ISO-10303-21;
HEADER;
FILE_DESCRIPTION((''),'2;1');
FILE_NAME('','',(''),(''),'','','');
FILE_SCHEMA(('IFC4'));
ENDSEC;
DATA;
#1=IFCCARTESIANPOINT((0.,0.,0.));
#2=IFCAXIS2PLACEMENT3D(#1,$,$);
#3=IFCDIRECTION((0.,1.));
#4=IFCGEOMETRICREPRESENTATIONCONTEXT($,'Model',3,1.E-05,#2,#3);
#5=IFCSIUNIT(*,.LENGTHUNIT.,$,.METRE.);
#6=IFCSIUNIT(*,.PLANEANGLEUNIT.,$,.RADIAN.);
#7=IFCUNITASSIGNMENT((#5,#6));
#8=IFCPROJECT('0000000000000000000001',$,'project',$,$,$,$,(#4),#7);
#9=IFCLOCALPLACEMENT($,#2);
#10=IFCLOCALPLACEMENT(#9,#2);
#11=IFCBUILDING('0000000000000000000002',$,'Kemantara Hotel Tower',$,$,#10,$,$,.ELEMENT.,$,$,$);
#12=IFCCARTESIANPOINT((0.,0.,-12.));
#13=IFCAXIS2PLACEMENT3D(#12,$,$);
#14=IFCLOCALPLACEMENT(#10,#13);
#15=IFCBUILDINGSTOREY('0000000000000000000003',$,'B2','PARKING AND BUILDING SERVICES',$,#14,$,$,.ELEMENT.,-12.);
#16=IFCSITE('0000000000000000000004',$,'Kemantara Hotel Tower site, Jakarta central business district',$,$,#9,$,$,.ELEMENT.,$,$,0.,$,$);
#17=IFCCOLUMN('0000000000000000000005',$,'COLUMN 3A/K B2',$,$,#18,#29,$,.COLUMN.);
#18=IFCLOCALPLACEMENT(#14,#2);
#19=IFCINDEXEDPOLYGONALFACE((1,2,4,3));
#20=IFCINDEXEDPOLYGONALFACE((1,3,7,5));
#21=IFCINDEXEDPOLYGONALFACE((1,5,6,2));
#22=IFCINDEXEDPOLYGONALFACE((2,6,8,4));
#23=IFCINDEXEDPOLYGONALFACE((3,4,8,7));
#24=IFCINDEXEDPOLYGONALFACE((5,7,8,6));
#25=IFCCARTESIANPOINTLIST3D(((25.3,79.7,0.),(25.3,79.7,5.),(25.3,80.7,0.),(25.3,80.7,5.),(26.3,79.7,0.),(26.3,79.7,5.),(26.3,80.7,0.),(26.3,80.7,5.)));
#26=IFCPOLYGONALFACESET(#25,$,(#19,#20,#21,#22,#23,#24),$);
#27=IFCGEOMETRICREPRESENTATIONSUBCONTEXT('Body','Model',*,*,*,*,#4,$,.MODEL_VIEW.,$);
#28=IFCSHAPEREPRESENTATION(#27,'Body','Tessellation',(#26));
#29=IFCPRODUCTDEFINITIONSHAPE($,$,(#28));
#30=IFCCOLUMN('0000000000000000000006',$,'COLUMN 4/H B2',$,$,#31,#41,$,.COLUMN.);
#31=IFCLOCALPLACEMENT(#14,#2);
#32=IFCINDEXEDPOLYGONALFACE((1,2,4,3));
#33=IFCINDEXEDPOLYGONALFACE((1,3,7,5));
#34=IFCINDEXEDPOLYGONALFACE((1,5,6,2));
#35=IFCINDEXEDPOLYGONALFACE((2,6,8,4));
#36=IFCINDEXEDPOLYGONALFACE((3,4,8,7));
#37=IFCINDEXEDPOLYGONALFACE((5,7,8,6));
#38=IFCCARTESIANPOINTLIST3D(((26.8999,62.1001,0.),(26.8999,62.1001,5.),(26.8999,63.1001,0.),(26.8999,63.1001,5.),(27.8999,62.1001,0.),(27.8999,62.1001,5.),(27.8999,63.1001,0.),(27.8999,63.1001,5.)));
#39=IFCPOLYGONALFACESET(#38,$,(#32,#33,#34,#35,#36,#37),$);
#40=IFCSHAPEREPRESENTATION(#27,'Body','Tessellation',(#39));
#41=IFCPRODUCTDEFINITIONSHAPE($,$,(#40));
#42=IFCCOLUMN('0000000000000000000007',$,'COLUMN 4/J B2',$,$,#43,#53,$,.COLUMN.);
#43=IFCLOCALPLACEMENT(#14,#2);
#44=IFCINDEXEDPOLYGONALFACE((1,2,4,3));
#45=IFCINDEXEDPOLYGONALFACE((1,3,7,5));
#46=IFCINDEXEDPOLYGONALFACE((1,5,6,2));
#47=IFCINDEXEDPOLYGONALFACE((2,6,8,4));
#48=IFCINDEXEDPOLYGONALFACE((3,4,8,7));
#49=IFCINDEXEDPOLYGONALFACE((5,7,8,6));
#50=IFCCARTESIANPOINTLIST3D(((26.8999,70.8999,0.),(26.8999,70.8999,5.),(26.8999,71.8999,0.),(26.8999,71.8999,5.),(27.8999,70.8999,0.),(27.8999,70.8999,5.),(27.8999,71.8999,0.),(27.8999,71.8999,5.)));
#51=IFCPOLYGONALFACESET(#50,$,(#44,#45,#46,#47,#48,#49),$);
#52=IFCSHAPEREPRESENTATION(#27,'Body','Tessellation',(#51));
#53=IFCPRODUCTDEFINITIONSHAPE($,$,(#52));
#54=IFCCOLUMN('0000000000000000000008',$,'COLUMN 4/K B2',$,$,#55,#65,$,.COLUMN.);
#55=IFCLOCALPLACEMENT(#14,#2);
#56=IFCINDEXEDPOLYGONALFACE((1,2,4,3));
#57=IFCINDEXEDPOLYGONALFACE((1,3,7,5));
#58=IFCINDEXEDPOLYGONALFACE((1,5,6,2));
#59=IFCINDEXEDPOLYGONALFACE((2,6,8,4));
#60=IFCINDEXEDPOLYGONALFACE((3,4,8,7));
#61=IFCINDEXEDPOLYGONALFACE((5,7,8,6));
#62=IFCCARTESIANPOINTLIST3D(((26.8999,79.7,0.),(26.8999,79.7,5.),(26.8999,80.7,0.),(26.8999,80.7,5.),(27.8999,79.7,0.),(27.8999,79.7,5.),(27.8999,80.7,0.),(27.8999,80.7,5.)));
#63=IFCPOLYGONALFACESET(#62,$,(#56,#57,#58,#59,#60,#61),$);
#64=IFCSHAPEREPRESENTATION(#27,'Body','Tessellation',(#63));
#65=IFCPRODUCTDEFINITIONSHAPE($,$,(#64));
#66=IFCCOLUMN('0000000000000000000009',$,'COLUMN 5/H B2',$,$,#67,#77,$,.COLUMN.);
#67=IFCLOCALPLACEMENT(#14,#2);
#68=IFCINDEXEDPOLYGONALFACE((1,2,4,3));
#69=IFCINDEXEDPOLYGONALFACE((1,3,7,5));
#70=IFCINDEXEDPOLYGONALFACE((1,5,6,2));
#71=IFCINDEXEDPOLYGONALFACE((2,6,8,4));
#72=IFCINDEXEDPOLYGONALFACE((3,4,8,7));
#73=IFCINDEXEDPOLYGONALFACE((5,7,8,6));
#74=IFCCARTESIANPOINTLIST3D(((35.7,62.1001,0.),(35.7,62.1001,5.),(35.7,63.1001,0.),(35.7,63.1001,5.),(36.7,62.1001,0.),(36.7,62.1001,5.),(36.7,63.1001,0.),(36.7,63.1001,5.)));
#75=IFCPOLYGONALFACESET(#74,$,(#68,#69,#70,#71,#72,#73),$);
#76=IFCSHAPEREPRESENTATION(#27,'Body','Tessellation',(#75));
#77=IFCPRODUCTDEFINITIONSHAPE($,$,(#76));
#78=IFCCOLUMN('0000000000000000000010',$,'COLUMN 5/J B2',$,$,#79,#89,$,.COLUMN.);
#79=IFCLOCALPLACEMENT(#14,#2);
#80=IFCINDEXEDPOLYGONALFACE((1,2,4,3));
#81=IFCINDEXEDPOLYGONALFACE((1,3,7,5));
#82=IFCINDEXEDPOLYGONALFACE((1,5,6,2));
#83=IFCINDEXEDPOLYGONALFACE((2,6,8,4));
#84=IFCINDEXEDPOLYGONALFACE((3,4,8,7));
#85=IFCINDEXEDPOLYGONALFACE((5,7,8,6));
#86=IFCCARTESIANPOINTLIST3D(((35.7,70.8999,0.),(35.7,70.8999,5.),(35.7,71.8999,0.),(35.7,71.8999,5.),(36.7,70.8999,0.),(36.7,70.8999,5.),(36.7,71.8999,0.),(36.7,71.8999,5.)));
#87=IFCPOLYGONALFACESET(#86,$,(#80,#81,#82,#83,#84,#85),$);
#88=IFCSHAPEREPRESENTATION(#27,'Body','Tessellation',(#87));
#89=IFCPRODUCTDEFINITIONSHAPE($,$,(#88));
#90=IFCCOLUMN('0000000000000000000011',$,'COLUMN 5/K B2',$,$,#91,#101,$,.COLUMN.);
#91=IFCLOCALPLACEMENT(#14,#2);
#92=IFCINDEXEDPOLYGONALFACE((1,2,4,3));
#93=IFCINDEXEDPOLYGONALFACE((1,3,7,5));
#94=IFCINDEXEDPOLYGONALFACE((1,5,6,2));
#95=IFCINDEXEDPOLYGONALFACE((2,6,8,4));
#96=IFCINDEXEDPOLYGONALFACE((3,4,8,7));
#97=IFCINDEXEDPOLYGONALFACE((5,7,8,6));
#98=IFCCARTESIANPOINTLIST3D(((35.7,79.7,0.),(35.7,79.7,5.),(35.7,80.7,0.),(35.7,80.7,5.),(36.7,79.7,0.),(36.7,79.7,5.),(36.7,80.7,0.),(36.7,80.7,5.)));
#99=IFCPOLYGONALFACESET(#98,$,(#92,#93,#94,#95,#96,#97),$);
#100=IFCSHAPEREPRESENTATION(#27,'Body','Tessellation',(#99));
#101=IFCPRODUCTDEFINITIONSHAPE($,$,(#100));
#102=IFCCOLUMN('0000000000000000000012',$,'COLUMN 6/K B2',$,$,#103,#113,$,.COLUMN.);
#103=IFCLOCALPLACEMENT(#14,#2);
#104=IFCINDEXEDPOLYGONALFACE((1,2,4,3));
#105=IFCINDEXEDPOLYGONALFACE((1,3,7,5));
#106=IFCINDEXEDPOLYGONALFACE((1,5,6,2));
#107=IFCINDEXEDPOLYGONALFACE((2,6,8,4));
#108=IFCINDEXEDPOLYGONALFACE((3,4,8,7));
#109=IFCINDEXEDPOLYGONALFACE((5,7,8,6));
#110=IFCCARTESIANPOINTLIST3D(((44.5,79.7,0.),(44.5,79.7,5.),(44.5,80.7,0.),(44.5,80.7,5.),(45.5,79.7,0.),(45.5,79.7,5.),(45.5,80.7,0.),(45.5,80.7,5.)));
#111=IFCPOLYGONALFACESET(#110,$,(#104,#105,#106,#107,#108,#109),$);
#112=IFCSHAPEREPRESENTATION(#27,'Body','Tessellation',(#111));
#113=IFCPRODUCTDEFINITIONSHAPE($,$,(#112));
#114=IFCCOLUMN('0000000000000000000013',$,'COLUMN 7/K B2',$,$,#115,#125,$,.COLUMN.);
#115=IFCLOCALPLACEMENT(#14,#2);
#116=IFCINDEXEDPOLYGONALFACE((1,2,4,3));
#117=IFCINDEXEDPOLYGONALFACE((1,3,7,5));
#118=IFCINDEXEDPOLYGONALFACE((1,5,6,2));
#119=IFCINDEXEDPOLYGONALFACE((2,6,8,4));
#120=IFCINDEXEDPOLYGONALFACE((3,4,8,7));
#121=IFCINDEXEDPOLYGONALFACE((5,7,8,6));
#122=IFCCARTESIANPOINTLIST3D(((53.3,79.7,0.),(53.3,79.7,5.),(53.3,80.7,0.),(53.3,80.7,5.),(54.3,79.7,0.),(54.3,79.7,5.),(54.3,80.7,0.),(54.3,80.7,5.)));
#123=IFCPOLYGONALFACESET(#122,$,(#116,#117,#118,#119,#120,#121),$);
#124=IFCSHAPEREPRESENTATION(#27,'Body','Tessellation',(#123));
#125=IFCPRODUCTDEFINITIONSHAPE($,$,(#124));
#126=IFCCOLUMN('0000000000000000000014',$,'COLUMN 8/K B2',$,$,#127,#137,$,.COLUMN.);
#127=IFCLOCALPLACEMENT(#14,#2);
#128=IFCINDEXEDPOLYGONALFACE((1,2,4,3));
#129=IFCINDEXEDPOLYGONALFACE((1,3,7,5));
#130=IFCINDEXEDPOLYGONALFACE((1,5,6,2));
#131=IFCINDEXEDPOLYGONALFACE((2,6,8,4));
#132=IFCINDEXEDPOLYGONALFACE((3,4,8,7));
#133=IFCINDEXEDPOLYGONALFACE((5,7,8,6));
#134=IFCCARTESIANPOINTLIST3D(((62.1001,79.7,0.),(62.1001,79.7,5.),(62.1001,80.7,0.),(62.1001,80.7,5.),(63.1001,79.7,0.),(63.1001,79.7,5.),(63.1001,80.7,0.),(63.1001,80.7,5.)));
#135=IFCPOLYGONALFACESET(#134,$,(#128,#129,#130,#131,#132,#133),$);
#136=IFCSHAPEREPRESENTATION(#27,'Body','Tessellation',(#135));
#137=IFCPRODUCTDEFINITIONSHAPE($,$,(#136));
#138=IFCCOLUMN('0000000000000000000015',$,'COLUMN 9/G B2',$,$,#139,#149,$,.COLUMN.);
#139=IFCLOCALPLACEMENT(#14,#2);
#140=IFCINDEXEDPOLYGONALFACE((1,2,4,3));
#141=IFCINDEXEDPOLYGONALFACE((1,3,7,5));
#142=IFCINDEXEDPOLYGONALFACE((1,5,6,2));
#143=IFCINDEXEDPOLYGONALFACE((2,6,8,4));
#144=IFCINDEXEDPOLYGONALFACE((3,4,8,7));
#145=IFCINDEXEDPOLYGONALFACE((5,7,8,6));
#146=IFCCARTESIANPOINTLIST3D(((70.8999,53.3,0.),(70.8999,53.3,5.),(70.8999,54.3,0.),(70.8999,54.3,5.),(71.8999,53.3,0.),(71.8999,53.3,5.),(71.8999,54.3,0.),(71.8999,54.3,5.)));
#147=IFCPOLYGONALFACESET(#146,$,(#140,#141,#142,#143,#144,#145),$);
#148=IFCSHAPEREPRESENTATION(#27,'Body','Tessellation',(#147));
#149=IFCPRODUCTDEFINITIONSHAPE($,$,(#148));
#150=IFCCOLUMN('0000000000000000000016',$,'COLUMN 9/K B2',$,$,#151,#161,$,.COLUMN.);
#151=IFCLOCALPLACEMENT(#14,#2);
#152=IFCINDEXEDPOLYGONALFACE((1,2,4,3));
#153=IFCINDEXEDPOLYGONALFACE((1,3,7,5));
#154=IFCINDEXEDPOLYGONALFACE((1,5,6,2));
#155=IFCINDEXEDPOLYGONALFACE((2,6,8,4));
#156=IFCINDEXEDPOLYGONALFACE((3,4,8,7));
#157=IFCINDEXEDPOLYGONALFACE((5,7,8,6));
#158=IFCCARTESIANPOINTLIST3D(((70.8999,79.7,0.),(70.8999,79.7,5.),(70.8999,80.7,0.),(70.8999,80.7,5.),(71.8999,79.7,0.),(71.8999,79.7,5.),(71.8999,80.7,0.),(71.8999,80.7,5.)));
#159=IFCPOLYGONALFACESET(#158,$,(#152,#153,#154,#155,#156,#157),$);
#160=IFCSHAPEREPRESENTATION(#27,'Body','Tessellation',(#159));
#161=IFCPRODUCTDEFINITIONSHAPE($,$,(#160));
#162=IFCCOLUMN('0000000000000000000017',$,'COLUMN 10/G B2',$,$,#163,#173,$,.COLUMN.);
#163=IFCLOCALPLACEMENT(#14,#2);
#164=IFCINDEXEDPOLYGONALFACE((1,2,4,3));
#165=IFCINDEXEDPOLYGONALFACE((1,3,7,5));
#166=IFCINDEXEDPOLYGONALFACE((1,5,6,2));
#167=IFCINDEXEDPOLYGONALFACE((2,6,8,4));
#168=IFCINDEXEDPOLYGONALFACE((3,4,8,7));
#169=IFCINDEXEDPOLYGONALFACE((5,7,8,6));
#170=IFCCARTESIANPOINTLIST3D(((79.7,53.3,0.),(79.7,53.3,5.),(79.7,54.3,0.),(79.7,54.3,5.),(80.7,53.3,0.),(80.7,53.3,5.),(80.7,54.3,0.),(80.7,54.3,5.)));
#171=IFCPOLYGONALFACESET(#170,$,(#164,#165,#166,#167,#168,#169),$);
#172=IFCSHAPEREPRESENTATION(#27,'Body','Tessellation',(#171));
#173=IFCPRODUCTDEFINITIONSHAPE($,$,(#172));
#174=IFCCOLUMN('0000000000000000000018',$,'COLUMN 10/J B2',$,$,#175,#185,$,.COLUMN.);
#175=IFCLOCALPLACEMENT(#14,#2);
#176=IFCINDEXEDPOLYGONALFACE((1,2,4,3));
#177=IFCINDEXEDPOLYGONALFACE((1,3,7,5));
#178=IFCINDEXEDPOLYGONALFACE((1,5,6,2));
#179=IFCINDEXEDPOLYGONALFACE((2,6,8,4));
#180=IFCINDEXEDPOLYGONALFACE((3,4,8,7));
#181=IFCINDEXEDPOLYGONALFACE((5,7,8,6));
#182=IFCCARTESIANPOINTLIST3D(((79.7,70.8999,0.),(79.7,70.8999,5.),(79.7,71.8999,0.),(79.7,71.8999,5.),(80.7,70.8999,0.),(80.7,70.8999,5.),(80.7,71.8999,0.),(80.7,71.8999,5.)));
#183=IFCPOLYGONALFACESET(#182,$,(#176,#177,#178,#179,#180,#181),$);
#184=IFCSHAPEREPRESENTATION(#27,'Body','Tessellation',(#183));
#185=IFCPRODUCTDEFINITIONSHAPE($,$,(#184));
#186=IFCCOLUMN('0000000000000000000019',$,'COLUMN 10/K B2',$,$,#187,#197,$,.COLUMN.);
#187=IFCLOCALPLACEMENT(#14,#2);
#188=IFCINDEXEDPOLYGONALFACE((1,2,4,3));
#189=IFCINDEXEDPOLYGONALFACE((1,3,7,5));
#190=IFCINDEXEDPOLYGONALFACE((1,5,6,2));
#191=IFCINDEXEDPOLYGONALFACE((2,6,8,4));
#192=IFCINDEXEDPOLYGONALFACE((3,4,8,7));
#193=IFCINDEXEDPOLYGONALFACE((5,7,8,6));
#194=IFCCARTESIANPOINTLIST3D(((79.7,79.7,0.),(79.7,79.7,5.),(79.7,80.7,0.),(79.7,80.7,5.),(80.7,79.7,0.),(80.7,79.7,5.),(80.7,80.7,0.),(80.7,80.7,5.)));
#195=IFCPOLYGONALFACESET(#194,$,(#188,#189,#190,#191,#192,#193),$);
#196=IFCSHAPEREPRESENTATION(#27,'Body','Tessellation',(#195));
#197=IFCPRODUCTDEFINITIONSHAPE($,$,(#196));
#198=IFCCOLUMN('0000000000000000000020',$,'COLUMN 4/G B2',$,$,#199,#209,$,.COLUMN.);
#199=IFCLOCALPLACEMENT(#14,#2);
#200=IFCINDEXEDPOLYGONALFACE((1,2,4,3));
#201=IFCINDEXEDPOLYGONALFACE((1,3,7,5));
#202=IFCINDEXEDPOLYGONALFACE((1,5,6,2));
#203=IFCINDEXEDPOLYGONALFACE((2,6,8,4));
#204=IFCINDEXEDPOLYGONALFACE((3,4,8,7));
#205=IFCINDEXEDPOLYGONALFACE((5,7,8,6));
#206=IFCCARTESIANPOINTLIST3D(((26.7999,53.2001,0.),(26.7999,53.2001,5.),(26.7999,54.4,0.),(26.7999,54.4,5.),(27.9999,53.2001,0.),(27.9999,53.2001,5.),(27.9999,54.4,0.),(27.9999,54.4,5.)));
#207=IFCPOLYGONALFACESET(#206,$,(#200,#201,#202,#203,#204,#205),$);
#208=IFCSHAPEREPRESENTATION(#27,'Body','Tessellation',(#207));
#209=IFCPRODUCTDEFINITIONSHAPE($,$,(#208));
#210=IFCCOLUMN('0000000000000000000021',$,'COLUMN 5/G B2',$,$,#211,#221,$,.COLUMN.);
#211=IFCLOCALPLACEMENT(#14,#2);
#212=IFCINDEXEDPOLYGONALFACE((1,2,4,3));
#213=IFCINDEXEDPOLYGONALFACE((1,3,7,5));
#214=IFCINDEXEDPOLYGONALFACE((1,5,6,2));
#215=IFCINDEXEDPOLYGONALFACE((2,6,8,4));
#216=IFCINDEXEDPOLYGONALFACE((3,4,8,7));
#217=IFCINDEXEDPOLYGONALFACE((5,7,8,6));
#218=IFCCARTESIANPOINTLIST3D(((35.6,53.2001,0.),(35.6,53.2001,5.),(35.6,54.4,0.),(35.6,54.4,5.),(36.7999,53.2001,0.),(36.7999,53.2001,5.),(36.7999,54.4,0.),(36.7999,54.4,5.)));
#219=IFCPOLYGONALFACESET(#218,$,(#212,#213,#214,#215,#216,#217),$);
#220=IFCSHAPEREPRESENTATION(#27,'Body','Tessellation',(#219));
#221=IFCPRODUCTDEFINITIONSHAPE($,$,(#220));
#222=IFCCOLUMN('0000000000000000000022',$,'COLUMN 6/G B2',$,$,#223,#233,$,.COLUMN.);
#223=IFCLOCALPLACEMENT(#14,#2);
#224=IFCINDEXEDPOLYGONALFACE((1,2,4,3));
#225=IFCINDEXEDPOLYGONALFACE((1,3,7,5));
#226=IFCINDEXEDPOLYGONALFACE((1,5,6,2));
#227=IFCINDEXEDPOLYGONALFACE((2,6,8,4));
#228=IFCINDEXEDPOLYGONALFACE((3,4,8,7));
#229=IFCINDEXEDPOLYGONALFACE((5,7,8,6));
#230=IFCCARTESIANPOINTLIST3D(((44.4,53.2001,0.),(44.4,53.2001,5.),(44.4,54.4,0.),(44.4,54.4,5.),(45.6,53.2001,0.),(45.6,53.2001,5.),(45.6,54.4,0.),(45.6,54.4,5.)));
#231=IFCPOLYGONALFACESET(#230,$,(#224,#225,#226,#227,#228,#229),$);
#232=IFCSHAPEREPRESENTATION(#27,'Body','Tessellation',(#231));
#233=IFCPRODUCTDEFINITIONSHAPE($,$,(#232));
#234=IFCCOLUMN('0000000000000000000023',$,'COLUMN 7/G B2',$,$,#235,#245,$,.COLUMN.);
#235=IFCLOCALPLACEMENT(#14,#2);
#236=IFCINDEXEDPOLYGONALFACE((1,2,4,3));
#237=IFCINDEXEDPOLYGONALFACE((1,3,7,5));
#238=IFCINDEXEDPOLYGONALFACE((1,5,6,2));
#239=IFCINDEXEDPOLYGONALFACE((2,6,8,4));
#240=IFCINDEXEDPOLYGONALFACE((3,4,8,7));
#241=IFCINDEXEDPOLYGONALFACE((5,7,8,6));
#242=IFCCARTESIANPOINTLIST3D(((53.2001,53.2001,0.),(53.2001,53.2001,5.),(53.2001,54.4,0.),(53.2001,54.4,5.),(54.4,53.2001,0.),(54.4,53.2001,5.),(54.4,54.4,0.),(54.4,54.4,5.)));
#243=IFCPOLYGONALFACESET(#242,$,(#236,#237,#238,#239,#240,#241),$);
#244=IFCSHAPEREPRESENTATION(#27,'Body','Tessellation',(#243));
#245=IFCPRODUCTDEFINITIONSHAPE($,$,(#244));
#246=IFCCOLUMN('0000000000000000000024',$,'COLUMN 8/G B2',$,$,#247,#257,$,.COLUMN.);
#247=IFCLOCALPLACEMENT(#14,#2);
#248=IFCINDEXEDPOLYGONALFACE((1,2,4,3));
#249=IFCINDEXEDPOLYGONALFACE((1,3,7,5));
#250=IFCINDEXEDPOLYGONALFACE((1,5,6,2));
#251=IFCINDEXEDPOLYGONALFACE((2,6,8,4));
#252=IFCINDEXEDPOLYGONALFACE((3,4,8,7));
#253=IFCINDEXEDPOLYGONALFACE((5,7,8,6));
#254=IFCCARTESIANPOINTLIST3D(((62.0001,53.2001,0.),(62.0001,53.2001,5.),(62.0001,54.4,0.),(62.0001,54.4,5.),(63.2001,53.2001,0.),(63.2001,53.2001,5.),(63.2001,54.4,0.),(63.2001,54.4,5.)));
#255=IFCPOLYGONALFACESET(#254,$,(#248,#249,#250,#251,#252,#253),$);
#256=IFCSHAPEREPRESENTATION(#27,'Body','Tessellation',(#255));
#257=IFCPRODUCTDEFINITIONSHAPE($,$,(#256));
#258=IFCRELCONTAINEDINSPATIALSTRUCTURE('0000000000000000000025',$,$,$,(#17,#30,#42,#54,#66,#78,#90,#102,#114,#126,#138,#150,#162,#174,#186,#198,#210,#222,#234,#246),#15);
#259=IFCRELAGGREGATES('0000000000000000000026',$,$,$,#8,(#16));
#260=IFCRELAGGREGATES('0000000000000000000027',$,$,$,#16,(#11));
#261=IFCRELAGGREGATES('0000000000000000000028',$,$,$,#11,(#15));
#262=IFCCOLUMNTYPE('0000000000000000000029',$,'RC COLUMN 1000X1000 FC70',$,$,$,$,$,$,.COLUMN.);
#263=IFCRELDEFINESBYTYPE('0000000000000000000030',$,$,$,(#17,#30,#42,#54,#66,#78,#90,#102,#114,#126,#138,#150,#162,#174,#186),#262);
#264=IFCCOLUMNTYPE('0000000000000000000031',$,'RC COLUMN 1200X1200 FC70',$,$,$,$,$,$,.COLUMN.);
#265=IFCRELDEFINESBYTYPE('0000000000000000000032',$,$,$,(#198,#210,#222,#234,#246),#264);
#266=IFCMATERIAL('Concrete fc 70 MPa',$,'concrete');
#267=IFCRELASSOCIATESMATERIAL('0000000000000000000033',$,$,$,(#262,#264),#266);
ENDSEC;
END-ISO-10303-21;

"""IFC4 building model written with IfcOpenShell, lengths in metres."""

from ifc_helpers import new_model, si_unit, direction, frame, origin, origin_2d, place, context, subcontext, project, spatial, rectangle, extrude, material, material_profile, profile_set, type_object, element, save


model = new_model("IFC4")

# Units and contexts
model_context = context("Model", 3, precision=1e-05, world=origin(), true_north=direction((0.0, 1.0)))
body_context = subcontext(model_context, "Body", "Model", "MODEL_VIEW")
ifc_project = project(units=[si_unit("LENGTHUNIT", "METRE"), si_unit("PLANEANGLEUNIT", "RADIAN")], contexts=[model_context])

# Site, building, storey
site_placement = place(None, origin())
site = spatial("IfcSite", under=ifc_project, at=site_placement, Name="Kemantara Hotel Tower site, Jakarta central business district", CompositionType="ELEMENT", RefElevation=0.0)
building_placement = place(site_placement, origin())
building = spatial("IfcBuilding", under=site, at=building_placement, Name="Kemantara Hotel Tower", CompositionType="ELEMENT")
storey_placement = place(building_placement, frame((0.0, 0.0, -12.0)))
storey = spatial("IfcBuildingStorey", under=building, at=storey_placement, Name="B2", Description="PARKING AND BUILDING SERVICES", CompositionType="ELEMENT", Elevation=-12.0)

# Columns
ifc_material_1 = material(Name="Concrete fc 70 MPa", Category="concrete")
ifc_material_profile_1 = material_profile(ifc_material_1, rectangle(XDim=1.0, YDim=1.0, at=origin_2d()), Name="RC 1000X1000")
ifc_profile_set_1 = profile_set([ifc_material_profile_1], Name="Concrete fc 70 MPa")
column_type_1 = type_object("IfcColumnType", Name="RC COLUMN 1000X1000 FC70", PredefinedType="COLUMN", material=ifc_profile_set_1)
for number, where, z_axis, x_axis, name in (
    (1, (25.8, 80.2, 0.0), (0.0, 0.0, 1.0), (1.0, 0.0, 0.0), "COLUMN 3A/K B2"),
    (2, (27.3999, 62.6001, 0.0), (0.0, 0.0, 1.0), (1.0, 0.0, 0.0), "COLUMN 4/H B2"),
    (3, (27.3999, 71.3999, 0.0), (0.0, 0.0, 1.0), (1.0, 0.0, 0.0), "COLUMN 4/J B2"),
    (4, (27.3999, 80.2, 0.0), (0.0, 0.0, 1.0), (1.0, 0.0, 0.0), "COLUMN 4/K B2"),
    (5, (36.2, 62.6001, 0.0), (0.0, 0.0, 1.0), (1.0, 0.0, 0.0), "COLUMN 5/H B2"),
    (6, (36.2, 71.3999, 0.0), (0.0, 0.0, 1.0), (1.0, 0.0, 0.0), "COLUMN 5/J B2"),
    (7, (36.2, 80.2, 0.0), (0.0, 0.0, 1.0), (1.0, 0.0, 0.0), "COLUMN 5/K B2"),
    (8, (45.0, 80.2, 0.0), (0.0, 0.0, 1.0), (1.0, 0.0, 0.0), "COLUMN 6/K B2"),
    (9, (53.8, 80.2, 0.0), (0.0, 0.0, 1.0), (1.0, 0.0, 0.0), "COLUMN 7/K B2"),
    (10, (62.6001, 80.2, 0.0), (0.0, 0.0, 1.0), (1.0, 0.0, 0.0), "COLUMN 8/K B2"),
    (11, (71.3999, 53.8, 0.0), (0.0, 0.0, 1.0), (1.0, 0.0, 0.0), "COLUMN 9/G B2"),
    (12, (71.3999, 80.2, 0.0), (0.0, 0.0, 1.0), (1.0, 0.0, 0.0), "COLUMN 9/K B2"),
    (13, (80.2, 53.8, 0.0), (0.0, 0.0, 1.0), (1.0, 0.0, 0.0), "COLUMN 10/G B2"),
    (14, (80.2, 71.3999, 0.0), (0.0, 0.0, 1.0), (1.0, 0.0, 0.0), "COLUMN 10/J B2"),
    (15, (80.2, 80.2, 0.0), (0.0, 0.0, 1.0), (1.0, 0.0, 0.0), "COLUMN 10/K B2"),
):
    element("IfcColumn", number, at=place(storey_placement, frame(where, z_axis=z_axis, x_axis=x_axis)), inside=storey, type_object=column_type_1, Name=name, PredefinedType="COLUMN", context=body_context, shape_type="SweptSolid", body=[
        extrude(rectangle(XDim=1.0, YDim=1.0, at=origin_2d()), origin(), (0.0, 0.0, 1.0), 5.0),
    ])
ifc_material_profile_2 = material_profile(ifc_material_1, rectangle(XDim=1.2, YDim=1.2, at=origin_2d()), Name="RC 1200X1200")
ifc_profile_set_2 = profile_set([ifc_material_profile_2], Name="Concrete fc 70 MPa")
column_type_2 = type_object("IfcColumnType", Name="RC COLUMN 1200X1200 FC70", PredefinedType="COLUMN", material=ifc_profile_set_2)
for number, where, z_axis, x_axis, name in (
    (16, (27.3999, 53.8, 0.0), (0.0, 0.0, 1.0), (1.0, 0.0, 0.0), "COLUMN 4/G B2"),
    (17, (36.2, 53.8, 0.0), (0.0, 0.0, 1.0), (1.0, 0.0, 0.0), "COLUMN 5/G B2"),
    (18, (45.0, 53.8, 0.0), (0.0, 0.0, 1.0), (1.0, 0.0, 0.0), "COLUMN 6/G B2"),
    (19, (53.8, 53.8, 0.0), (0.0, 0.0, 1.0), (1.0, 0.0, 0.0), "COLUMN 7/G B2"),
    (20, (62.6001, 53.8, 0.0), (0.0, 0.0, 1.0), (1.0, 0.0, 0.0), "COLUMN 8/G B2"),
):
    element("IfcColumn", number, at=place(storey_placement, frame(where, z_axis=z_axis, x_axis=x_axis)), inside=storey, type_object=column_type_2, Name=name, PredefinedType="COLUMN", context=body_context, shape_type="SweptSolid", body=[
        extrude(rectangle(XDim=1.2, YDim=1.2, at=origin_2d()), origin(), (0.0, 0.0, 1.0), 5.0),
    ])

save(model, "model.ifc")
